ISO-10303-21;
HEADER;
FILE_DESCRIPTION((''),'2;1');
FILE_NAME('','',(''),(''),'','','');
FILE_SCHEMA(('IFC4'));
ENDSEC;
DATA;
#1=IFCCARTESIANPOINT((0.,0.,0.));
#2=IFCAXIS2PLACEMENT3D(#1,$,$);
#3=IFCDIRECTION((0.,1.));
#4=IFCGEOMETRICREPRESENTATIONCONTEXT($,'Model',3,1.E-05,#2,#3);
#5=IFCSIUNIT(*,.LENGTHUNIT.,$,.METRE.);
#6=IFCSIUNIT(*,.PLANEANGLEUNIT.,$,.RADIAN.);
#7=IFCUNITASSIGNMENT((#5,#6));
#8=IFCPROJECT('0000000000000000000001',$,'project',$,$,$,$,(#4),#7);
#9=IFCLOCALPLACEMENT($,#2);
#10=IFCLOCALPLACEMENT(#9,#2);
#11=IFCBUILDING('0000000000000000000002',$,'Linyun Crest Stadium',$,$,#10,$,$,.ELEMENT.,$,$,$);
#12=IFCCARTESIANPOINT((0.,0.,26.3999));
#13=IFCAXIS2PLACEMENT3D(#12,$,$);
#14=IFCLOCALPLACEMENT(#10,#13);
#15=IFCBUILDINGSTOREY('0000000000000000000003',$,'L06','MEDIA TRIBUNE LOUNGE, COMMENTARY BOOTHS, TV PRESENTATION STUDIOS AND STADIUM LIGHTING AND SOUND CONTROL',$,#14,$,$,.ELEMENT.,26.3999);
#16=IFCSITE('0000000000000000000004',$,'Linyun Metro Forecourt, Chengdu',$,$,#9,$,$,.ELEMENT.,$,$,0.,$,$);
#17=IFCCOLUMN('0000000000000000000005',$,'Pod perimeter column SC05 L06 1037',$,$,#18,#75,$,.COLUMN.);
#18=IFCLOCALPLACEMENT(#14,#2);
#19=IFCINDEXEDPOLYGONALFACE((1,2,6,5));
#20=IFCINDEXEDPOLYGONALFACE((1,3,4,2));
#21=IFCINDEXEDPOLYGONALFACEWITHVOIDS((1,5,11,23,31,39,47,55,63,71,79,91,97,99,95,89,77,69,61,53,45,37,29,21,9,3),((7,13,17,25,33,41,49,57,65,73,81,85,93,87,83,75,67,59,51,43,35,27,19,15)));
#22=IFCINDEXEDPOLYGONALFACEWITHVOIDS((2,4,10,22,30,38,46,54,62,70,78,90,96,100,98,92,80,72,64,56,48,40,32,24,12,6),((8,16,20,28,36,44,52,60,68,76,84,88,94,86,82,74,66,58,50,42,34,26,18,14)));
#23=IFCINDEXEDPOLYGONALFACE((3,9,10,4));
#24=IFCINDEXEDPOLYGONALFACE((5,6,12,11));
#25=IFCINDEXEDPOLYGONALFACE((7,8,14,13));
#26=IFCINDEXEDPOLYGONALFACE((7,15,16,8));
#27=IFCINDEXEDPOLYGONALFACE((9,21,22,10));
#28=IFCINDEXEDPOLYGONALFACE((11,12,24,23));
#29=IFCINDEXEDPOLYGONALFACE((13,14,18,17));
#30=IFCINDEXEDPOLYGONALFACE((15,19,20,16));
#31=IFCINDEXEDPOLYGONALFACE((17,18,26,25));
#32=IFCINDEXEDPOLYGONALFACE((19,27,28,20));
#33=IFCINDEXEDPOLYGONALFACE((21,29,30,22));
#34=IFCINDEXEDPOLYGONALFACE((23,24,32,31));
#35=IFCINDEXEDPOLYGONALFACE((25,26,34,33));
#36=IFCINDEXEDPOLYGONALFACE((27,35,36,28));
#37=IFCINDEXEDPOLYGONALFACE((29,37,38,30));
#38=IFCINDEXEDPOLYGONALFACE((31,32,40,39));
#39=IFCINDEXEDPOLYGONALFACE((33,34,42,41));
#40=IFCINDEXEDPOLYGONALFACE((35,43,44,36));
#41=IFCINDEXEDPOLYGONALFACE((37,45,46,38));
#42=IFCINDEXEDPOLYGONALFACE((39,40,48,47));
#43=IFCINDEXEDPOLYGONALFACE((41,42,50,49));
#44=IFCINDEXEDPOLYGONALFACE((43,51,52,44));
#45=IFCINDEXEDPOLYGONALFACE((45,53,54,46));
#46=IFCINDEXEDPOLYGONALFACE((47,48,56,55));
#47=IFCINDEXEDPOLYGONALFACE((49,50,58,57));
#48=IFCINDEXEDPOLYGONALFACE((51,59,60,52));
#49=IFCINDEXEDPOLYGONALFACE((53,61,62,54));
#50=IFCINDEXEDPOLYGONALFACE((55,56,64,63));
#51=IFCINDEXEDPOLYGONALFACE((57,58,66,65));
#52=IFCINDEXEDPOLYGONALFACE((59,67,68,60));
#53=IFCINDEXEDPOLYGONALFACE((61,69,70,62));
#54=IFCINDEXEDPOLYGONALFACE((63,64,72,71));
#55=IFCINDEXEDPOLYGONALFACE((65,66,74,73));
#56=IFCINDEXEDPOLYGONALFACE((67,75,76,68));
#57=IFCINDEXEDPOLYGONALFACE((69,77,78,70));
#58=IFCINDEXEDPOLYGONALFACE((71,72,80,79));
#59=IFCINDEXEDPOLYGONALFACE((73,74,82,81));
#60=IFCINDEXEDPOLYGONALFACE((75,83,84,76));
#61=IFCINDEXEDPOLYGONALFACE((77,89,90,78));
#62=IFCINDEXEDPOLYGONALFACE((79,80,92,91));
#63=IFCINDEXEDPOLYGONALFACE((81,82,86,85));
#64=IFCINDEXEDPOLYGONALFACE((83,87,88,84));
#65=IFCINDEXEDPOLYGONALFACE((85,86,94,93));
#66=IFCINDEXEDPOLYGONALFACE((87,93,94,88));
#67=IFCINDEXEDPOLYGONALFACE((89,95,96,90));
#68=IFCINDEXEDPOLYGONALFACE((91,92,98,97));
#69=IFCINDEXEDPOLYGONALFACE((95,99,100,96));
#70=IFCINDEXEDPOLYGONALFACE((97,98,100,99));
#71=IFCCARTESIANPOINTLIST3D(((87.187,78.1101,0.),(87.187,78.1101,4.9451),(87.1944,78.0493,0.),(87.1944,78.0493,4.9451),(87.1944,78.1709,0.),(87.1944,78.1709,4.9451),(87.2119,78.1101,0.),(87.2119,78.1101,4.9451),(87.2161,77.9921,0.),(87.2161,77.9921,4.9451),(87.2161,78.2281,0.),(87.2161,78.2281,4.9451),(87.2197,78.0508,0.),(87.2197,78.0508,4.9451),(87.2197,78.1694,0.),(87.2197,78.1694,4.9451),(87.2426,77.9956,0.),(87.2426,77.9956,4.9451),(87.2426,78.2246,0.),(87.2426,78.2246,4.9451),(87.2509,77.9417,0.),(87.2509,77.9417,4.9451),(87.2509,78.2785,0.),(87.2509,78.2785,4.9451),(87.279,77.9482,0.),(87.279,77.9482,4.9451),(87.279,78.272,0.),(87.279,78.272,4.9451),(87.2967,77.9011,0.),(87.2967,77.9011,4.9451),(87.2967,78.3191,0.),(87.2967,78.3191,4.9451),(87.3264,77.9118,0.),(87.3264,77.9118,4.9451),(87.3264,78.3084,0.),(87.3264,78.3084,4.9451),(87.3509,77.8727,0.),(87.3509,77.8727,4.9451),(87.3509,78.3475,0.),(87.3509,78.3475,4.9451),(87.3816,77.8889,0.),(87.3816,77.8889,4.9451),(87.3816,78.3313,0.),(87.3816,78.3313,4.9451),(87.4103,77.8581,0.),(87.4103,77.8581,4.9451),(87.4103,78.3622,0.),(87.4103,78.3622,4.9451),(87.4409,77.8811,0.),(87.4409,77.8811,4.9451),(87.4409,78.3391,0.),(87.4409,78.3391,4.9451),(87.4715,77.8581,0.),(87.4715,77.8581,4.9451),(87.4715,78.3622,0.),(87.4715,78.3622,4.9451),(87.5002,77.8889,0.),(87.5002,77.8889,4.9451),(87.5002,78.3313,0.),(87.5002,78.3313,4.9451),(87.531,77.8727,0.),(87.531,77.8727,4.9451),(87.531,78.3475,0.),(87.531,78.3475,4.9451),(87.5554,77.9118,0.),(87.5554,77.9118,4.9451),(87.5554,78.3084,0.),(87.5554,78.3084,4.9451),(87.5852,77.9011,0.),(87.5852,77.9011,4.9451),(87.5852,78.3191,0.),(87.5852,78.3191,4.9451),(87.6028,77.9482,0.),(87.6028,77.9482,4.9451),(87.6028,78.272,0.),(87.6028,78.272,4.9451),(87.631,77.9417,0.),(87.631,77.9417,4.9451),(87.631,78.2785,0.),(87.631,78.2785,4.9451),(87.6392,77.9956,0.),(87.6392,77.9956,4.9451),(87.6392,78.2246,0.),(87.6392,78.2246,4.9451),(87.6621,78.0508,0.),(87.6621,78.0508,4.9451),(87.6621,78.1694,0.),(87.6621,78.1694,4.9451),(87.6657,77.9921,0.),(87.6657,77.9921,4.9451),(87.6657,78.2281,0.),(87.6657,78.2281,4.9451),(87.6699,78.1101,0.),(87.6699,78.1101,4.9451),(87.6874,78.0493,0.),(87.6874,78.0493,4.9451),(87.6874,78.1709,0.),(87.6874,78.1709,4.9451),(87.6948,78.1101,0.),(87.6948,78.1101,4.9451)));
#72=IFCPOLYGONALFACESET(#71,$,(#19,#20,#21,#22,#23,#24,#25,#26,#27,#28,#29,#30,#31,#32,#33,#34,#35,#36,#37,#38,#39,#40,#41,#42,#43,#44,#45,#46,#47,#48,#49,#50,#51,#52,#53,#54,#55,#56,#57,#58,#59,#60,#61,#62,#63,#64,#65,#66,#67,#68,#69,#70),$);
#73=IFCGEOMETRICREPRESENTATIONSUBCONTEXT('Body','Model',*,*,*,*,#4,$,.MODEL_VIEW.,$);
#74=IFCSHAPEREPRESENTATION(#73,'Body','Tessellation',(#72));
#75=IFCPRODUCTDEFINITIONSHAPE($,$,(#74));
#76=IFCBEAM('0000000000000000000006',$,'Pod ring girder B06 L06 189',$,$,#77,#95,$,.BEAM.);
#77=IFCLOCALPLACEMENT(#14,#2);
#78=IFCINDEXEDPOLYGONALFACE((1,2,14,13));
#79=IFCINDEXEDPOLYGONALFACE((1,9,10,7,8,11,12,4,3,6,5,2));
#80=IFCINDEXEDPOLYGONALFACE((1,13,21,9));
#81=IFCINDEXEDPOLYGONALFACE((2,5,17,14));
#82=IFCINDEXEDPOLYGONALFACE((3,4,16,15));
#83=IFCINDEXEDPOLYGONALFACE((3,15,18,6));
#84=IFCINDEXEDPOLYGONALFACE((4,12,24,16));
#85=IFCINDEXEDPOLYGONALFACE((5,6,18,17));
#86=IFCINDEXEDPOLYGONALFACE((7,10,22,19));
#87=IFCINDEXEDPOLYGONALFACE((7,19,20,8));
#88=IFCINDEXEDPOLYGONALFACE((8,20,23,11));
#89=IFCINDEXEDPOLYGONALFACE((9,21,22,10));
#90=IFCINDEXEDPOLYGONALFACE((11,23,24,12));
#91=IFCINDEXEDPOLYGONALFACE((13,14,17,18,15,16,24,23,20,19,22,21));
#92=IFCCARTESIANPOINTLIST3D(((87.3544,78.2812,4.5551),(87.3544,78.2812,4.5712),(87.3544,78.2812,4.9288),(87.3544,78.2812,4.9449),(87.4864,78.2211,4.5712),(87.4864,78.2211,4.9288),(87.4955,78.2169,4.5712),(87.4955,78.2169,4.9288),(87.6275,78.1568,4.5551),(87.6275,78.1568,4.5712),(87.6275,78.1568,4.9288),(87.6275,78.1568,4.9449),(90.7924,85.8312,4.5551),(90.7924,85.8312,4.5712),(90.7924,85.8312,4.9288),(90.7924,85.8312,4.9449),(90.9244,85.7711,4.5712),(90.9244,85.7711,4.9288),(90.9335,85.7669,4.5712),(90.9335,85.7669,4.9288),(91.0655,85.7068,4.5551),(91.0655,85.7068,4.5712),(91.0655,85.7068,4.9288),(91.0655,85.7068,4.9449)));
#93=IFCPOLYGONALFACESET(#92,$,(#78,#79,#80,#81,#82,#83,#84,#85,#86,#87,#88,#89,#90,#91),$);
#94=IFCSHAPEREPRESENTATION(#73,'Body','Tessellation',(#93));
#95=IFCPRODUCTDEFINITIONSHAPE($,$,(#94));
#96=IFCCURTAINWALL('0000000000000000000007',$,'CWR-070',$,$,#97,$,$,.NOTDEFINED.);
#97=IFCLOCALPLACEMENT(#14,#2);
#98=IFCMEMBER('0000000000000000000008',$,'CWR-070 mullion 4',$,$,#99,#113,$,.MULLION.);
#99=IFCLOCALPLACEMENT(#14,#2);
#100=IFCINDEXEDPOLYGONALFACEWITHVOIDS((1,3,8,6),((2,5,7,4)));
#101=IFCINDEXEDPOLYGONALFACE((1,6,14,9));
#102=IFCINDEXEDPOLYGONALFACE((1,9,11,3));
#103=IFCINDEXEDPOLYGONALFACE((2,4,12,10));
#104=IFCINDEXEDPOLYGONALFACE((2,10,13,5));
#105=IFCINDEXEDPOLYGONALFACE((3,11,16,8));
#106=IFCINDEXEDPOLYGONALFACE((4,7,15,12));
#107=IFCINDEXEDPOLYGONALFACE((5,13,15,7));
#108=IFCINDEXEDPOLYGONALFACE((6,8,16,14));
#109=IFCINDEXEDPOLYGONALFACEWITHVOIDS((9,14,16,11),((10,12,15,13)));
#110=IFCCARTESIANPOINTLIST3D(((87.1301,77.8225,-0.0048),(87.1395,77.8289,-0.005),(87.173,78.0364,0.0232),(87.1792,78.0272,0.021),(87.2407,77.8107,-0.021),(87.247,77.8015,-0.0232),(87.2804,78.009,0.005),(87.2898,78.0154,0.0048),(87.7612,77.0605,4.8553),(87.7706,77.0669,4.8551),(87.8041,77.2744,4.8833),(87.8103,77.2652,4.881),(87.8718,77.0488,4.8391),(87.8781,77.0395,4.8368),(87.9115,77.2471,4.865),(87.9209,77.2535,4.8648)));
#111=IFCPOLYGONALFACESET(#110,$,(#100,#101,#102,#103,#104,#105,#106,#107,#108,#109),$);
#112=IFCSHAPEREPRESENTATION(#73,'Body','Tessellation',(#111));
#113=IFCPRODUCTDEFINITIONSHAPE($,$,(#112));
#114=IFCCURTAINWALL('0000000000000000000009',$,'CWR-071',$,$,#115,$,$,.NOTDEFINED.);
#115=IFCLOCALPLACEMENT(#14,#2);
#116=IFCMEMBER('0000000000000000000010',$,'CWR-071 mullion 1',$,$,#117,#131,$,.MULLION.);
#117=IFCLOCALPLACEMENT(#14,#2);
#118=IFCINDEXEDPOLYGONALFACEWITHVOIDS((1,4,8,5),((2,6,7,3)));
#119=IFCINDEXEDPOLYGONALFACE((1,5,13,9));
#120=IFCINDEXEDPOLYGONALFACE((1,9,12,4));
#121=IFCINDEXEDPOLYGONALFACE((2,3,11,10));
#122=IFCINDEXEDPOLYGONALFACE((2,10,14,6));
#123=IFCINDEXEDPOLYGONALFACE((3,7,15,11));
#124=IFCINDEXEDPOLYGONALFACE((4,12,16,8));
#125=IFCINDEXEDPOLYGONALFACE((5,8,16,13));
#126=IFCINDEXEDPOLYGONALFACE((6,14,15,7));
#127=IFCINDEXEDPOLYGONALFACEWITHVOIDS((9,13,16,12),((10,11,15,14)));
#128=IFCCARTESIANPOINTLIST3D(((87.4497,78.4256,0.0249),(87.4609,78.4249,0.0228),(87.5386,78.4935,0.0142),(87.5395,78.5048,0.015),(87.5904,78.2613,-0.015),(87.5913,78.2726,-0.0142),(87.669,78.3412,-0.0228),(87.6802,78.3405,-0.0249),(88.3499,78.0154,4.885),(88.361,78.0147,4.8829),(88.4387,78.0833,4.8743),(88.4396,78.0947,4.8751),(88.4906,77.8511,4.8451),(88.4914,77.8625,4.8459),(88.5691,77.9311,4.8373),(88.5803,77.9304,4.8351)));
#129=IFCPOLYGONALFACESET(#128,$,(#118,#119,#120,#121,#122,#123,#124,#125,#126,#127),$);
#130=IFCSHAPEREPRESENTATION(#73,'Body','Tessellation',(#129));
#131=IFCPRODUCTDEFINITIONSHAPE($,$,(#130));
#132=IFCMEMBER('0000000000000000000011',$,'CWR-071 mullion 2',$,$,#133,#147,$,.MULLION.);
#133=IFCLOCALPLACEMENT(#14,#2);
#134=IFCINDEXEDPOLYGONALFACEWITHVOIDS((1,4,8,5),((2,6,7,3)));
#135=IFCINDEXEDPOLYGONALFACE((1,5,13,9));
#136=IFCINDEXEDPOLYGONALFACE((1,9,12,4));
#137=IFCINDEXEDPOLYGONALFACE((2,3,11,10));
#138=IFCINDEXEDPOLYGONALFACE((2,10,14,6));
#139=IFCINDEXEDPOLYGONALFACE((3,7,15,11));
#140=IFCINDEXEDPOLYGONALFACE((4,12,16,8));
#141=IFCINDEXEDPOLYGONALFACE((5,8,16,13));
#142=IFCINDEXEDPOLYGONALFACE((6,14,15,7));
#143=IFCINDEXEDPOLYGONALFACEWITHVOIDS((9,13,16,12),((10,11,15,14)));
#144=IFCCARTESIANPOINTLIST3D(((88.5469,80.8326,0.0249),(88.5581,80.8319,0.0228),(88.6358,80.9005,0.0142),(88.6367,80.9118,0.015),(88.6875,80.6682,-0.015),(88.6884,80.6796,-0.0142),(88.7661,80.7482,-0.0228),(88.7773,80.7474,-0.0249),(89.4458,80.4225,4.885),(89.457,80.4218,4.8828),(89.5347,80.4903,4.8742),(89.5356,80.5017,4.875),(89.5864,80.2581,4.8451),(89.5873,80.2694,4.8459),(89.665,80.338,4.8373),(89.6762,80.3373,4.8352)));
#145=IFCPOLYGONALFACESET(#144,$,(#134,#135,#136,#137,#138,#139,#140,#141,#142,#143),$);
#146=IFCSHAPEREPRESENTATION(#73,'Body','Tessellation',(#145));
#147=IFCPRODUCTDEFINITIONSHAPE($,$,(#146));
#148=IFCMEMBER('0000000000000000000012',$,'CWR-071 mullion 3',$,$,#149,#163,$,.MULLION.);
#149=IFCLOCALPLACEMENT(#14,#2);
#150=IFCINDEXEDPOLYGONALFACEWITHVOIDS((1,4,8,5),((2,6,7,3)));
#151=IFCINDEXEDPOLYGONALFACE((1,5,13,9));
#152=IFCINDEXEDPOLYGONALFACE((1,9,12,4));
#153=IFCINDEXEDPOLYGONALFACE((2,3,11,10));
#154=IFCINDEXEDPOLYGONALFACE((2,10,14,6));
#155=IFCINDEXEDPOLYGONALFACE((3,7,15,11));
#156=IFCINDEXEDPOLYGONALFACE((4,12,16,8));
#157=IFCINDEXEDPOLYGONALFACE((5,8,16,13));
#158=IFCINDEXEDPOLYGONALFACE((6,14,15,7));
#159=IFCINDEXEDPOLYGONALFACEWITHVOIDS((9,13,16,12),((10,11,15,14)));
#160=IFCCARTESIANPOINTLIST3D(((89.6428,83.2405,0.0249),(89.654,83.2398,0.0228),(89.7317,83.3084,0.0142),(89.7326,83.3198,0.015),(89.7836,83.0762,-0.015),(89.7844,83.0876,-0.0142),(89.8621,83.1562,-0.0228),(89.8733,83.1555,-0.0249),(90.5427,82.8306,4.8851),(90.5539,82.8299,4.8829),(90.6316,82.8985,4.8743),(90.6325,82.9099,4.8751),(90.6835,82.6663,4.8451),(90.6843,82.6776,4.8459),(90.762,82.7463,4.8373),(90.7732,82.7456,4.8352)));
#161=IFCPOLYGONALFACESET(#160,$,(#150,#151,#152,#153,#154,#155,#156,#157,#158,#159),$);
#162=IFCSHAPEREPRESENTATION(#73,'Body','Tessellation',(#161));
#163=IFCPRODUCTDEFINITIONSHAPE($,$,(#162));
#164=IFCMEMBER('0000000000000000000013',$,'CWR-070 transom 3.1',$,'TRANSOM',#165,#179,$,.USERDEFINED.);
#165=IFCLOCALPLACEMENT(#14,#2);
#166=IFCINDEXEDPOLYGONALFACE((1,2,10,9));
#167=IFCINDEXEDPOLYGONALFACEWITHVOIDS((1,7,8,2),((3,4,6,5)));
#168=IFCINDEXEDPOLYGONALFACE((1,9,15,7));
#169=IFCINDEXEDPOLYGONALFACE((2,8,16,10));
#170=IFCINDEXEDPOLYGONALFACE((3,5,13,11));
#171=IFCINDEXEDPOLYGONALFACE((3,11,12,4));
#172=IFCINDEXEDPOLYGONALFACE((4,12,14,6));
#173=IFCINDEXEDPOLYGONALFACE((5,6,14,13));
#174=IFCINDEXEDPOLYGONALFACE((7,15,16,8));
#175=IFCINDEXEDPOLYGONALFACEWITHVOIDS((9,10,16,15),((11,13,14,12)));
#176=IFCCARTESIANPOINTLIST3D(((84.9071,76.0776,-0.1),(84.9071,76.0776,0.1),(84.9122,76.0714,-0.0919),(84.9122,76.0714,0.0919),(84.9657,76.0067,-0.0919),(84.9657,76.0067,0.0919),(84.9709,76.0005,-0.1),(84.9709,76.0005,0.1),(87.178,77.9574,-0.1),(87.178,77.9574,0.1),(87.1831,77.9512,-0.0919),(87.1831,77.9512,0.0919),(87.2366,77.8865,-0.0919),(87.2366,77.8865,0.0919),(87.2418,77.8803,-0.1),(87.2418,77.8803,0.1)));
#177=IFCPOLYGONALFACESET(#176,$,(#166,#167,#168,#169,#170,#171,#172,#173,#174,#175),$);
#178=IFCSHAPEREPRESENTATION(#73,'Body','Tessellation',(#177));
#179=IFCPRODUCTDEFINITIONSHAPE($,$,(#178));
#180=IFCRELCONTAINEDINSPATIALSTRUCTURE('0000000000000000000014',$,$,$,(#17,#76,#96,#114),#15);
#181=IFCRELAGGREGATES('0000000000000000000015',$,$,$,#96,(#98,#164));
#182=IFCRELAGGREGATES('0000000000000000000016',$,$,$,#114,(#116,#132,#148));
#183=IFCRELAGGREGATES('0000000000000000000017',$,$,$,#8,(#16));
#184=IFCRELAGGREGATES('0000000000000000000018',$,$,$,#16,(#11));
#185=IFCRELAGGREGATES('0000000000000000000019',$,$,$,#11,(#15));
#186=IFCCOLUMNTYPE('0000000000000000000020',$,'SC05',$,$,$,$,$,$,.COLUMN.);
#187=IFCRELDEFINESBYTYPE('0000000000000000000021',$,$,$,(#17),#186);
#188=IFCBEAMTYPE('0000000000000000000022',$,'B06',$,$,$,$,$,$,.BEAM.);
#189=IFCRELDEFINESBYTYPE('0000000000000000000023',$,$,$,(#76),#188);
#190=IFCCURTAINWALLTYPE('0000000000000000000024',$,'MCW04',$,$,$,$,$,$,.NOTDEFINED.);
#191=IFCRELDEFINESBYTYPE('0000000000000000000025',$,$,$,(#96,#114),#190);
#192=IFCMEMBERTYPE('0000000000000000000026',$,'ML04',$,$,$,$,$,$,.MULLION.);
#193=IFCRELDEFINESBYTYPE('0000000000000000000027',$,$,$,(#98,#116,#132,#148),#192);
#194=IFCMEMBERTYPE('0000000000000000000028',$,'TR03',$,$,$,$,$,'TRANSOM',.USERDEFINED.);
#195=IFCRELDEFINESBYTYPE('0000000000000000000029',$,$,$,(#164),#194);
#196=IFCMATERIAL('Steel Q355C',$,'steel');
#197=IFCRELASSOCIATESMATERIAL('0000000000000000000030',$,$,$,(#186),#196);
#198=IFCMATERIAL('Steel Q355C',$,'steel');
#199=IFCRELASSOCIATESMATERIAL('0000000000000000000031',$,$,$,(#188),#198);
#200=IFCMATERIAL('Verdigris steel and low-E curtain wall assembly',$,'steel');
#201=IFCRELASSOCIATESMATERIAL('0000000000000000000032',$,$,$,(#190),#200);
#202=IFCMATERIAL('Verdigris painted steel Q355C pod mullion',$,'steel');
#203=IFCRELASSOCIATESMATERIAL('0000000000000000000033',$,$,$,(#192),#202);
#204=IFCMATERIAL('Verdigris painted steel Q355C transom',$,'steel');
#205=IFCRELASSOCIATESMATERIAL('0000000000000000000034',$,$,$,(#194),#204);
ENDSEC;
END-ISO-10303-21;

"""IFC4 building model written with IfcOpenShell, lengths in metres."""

from ifc_helpers import new_model, si_unit, direction, frame, origin, origin_2d, place, context, subcontext, project, spatial, hollow_rectangle, hollow_circle, i_section, extrude, material, material_profile, profile_set, type_object, element, aggregate, save


model = new_model("IFC4")

# Units and contexts
model_context = context("Model", 3, precision=1e-05, world=origin(), true_north=direction((0.0, 1.0)))
body_context = subcontext(model_context, "Body", "Model", "MODEL_VIEW")
ifc_project = project(units=[si_unit("LENGTHUNIT", "METRE"), si_unit("PLANEANGLEUNIT", "RADIAN")], contexts=[model_context])

# Site, building, storey
site_placement = place(None, origin())
site = spatial("IfcSite", under=ifc_project, at=site_placement, Name="Linyun Metro Forecourt, Chengdu", CompositionType="ELEMENT", RefElevation=0.0)
building_placement = place(site_placement, origin())
building = spatial("IfcBuilding", under=site, at=building_placement, Name="Linyun Crest Stadium", CompositionType="ELEMENT")
storey_placement = place(building_placement, frame((0.0, 0.0, 26.3999)))
storey = spatial("IfcBuildingStorey", under=building, at=storey_placement, Name="L06", Description="MEDIA TRIBUNE LOUNGE, COMMENTARY BOOTHS, TV PRESENTATION STUDIOS AND STADIUM LIGHTING AND SOUND CONTROL", CompositionType="ELEMENT", Elevation=26.3999)

# Column
ifc_material_1 = material(Name="Steel Q355C", Category="steel")
ifc_material_profile_1 = material_profile(ifc_material_1, hollow_circle(Radius=0.2539, WallThickness=0.0249, at=origin_2d()), Name="CHS 508x25")
ifc_profile_set_1 = profile_set([ifc_material_profile_1], Name="Steel Q355C")
column_type = type_object("IfcColumnType", Name="SC05", PredefinedType="COLUMN", material=ifc_profile_set_1)
column_placement = place(storey_placement, frame((87.4409, 78.1101, 0.0), z_axis=(0.0, 0.0, 1.0), x_axis=(1.0, 0.0, 0.0)))
element("IfcColumn", 1, at=column_placement, inside=storey, type_object=column_type, Name="Pod perimeter column SC05 L06 1037", PredefinedType="COLUMN", context=body_context, shape_type="SweptSolid", body=[
    extrude(hollow_circle(Radius=0.2539, WallThickness=0.0249, at=origin_2d()), origin(), (0.0, 0.0, 1.0), 4.9451),
])

# Beam
ifc_material_2 = material(Name="Steel Q355C", Category="steel")
ifc_material_profile_2 = material_profile(ifc_material_2, i_section(OverallWidth=0.3, OverallDepth=0.3899, WebThickness=0.01, FlangeThickness=0.0161, at=origin_2d()), Name="HM 390x300")
ifc_profile_set_2 = profile_set([ifc_material_profile_2], Name="Steel Q355C")
beam_type = type_object("IfcBeamType", Name="B06", PredefinedType="BEAM", material=ifc_profile_set_2)
beam_placement = place(storey_placement, frame((87.491, 78.219, 4.75), z_axis=(0.414417, 0.910087, 0.0), x_axis=(-0.910087, 0.414417, 0.0)))
element("IfcBeam", 2, at=beam_placement, inside=storey, type_object=beam_type, Name="Pod ring girder B06 L06 189", PredefinedType="BEAM", context=body_context, shape_type="SweptSolid", body=[
    extrude(i_section(OverallWidth=0.3, OverallDepth=0.3899, WebThickness=0.01, FlangeThickness=0.0161, at=origin_2d()), origin(), (0.0, 0.0, 1.0), 8.2959),
])

# Curtain wall, member
ifc_material_3 = material(Name="Verdigris steel and low-E curtain wall assembly", Category="steel")
curtain_wall_type = type_object("IfcCurtainWallType", Name="MCW04", PredefinedType="NOTDEFINED", material=ifc_material_3)
curtain_wall_1_placement = place(storey_placement, origin())
curtain_wall_1 = element("IfcCurtainWall", 3, at=curtain_wall_1_placement, inside=storey, type_object=curtain_wall_type, Name="CWR-070", PredefinedType="NOTDEFINED")
ifc_material_4 = material(Name="Verdigris painted steel Q355C pod mullion", Category="steel")
ifc_material_profile_3 = material_profile(ifc_material_4, hollow_rectangle(XDim=0.1201, YDim=0.22, WallThickness=0.0081, at=origin_2d()), Name="RHS 220x120x8")
ifc_profile_set_3 = profile_set([ifc_material_profile_3], Name="Verdigris painted steel Q355C pod mullion")
member_type_1 = type_object("IfcMemberType", Name="ML04", PredefinedType="MULLION", material=ifc_profile_set_3)
member_1_placement = place(storey_placement, frame((87.21, 77.9189, 0.0), z_axis=(0.127244, -0.153628, 0.979902), x_axis=(-0.972587, 0.174539, 0.153658)))
member_1 = element("IfcMember", 4, at=member_1_placement, type_object=member_type_1, Name="CWR-070 mullion 4", PredefinedType="MULLION", context=body_context, shape_type="SweptSolid", body=[
    extrude(hollow_rectangle(XDim=0.1201, YDim=0.22, WallThickness=0.0081, at=origin_2d()), origin(), (0.0, 0.0, 1.0), 4.9597),
])

# Curtain wall, members
curtain_wall_2_placement = place(storey_placement, origin())
curtain_wall_2 = element("IfcCurtainWall", 5, at=curtain_wall_2_placement, inside=storey, type_object=curtain_wall_type, Name="CWR-071", PredefinedType="NOTDEFINED")
member_2_placement = place(storey_placement, frame((87.5649, 78.3831, 0.0), z_axis=(0.18149, -0.082697, 0.979909), x_axis=(-0.746978, -0.659688, 0.082676)))
member_2 = element("IfcMember", 6, at=member_2_placement, type_object=member_type_1, Name="CWR-071 mullion 1", PredefinedType="MULLION", context=body_context, shape_type="SweptSolid", body=[
    extrude(hollow_rectangle(XDim=0.1201, YDim=0.22, WallThickness=0.0081, at=origin_2d()), origin(), (0.0, 0.0, 1.0), 4.9597),
])
member_3_placement = place(storey_placement, frame((88.6621, 80.79, 0.0), z_axis=(0.181252, -0.082701, 0.979953), x_axis=(-0.747332, -0.659298, 0.082587)))
member_3 = element("IfcMember", 7, at=member_3_placement, type_object=member_type_1, Name="CWR-071 mullion 2", PredefinedType="MULLION", context=body_context, shape_type="SweptSolid", body=[
    extrude(hollow_rectangle(XDim=0.1201, YDim=0.22, WallThickness=0.0081, at=origin_2d()), origin(), (0.0, 0.0, 1.0), 4.9595),
])
member_4_placement = place(storey_placement, frame((89.7581, 83.198, 0.0), z_axis=(0.181443, -0.082649, 0.979922), x_axis=(-0.746902, -0.659778, 0.08265)))
member_4 = element("IfcMember", 8, at=member_4_placement, type_object=member_type_1, Name="CWR-071 mullion 3", PredefinedType="MULLION", context=body_context, shape_type="SweptSolid", body=[
    extrude(hollow_rectangle(XDim=0.1201, YDim=0.22, WallThickness=0.0081, at=origin_2d()), origin(), (0.0, 0.0, 1.0), 4.9597),
])

# Member
ifc_material_5 = material(Name="Verdigris painted steel Q355C transom", Category="steel")
ifc_material_profile_4 = material_profile(ifc_material_5, hollow_rectangle(XDim=0.1001, YDim=0.2, WallThickness=0.0081, at=origin_2d()), Name="RHS 200x100x8")
ifc_profile_set_4 = profile_set([ifc_material_profile_4], Name="Verdigris painted steel Q355C transom")
member_type_2 = type_object("IfcMemberType", Name="TR03", ElementType="TRANSOM", PredefinedType="USERDEFINED", material=ifc_profile_set_4)
member_5_placement = place(storey_placement, frame((84.939, 76.0391, 0.0), z_axis=(0.770321, 0.637656, 0.0), x_axis=(-0.637656, 0.770321, 0.0)))
member_5 = element("IfcMember", 9, at=member_5_placement, type_object=member_type_2, Name="CWR-070 transom 3.1", ObjectType="TRANSOM", PredefinedType="USERDEFINED", context=body_context, shape_type="SweptSolid", body=[
    extrude(hollow_rectangle(XDim=0.1001, YDim=0.2, WallThickness=0.0081, at=origin_2d()), origin(), (0.0, 0.0, 1.0), 2.948),
])

aggregate(curtain_wall_1, [member_1, member_5])
aggregate(curtain_wall_2, [member_2, member_3, member_4])

save(model, "model.ifc")
